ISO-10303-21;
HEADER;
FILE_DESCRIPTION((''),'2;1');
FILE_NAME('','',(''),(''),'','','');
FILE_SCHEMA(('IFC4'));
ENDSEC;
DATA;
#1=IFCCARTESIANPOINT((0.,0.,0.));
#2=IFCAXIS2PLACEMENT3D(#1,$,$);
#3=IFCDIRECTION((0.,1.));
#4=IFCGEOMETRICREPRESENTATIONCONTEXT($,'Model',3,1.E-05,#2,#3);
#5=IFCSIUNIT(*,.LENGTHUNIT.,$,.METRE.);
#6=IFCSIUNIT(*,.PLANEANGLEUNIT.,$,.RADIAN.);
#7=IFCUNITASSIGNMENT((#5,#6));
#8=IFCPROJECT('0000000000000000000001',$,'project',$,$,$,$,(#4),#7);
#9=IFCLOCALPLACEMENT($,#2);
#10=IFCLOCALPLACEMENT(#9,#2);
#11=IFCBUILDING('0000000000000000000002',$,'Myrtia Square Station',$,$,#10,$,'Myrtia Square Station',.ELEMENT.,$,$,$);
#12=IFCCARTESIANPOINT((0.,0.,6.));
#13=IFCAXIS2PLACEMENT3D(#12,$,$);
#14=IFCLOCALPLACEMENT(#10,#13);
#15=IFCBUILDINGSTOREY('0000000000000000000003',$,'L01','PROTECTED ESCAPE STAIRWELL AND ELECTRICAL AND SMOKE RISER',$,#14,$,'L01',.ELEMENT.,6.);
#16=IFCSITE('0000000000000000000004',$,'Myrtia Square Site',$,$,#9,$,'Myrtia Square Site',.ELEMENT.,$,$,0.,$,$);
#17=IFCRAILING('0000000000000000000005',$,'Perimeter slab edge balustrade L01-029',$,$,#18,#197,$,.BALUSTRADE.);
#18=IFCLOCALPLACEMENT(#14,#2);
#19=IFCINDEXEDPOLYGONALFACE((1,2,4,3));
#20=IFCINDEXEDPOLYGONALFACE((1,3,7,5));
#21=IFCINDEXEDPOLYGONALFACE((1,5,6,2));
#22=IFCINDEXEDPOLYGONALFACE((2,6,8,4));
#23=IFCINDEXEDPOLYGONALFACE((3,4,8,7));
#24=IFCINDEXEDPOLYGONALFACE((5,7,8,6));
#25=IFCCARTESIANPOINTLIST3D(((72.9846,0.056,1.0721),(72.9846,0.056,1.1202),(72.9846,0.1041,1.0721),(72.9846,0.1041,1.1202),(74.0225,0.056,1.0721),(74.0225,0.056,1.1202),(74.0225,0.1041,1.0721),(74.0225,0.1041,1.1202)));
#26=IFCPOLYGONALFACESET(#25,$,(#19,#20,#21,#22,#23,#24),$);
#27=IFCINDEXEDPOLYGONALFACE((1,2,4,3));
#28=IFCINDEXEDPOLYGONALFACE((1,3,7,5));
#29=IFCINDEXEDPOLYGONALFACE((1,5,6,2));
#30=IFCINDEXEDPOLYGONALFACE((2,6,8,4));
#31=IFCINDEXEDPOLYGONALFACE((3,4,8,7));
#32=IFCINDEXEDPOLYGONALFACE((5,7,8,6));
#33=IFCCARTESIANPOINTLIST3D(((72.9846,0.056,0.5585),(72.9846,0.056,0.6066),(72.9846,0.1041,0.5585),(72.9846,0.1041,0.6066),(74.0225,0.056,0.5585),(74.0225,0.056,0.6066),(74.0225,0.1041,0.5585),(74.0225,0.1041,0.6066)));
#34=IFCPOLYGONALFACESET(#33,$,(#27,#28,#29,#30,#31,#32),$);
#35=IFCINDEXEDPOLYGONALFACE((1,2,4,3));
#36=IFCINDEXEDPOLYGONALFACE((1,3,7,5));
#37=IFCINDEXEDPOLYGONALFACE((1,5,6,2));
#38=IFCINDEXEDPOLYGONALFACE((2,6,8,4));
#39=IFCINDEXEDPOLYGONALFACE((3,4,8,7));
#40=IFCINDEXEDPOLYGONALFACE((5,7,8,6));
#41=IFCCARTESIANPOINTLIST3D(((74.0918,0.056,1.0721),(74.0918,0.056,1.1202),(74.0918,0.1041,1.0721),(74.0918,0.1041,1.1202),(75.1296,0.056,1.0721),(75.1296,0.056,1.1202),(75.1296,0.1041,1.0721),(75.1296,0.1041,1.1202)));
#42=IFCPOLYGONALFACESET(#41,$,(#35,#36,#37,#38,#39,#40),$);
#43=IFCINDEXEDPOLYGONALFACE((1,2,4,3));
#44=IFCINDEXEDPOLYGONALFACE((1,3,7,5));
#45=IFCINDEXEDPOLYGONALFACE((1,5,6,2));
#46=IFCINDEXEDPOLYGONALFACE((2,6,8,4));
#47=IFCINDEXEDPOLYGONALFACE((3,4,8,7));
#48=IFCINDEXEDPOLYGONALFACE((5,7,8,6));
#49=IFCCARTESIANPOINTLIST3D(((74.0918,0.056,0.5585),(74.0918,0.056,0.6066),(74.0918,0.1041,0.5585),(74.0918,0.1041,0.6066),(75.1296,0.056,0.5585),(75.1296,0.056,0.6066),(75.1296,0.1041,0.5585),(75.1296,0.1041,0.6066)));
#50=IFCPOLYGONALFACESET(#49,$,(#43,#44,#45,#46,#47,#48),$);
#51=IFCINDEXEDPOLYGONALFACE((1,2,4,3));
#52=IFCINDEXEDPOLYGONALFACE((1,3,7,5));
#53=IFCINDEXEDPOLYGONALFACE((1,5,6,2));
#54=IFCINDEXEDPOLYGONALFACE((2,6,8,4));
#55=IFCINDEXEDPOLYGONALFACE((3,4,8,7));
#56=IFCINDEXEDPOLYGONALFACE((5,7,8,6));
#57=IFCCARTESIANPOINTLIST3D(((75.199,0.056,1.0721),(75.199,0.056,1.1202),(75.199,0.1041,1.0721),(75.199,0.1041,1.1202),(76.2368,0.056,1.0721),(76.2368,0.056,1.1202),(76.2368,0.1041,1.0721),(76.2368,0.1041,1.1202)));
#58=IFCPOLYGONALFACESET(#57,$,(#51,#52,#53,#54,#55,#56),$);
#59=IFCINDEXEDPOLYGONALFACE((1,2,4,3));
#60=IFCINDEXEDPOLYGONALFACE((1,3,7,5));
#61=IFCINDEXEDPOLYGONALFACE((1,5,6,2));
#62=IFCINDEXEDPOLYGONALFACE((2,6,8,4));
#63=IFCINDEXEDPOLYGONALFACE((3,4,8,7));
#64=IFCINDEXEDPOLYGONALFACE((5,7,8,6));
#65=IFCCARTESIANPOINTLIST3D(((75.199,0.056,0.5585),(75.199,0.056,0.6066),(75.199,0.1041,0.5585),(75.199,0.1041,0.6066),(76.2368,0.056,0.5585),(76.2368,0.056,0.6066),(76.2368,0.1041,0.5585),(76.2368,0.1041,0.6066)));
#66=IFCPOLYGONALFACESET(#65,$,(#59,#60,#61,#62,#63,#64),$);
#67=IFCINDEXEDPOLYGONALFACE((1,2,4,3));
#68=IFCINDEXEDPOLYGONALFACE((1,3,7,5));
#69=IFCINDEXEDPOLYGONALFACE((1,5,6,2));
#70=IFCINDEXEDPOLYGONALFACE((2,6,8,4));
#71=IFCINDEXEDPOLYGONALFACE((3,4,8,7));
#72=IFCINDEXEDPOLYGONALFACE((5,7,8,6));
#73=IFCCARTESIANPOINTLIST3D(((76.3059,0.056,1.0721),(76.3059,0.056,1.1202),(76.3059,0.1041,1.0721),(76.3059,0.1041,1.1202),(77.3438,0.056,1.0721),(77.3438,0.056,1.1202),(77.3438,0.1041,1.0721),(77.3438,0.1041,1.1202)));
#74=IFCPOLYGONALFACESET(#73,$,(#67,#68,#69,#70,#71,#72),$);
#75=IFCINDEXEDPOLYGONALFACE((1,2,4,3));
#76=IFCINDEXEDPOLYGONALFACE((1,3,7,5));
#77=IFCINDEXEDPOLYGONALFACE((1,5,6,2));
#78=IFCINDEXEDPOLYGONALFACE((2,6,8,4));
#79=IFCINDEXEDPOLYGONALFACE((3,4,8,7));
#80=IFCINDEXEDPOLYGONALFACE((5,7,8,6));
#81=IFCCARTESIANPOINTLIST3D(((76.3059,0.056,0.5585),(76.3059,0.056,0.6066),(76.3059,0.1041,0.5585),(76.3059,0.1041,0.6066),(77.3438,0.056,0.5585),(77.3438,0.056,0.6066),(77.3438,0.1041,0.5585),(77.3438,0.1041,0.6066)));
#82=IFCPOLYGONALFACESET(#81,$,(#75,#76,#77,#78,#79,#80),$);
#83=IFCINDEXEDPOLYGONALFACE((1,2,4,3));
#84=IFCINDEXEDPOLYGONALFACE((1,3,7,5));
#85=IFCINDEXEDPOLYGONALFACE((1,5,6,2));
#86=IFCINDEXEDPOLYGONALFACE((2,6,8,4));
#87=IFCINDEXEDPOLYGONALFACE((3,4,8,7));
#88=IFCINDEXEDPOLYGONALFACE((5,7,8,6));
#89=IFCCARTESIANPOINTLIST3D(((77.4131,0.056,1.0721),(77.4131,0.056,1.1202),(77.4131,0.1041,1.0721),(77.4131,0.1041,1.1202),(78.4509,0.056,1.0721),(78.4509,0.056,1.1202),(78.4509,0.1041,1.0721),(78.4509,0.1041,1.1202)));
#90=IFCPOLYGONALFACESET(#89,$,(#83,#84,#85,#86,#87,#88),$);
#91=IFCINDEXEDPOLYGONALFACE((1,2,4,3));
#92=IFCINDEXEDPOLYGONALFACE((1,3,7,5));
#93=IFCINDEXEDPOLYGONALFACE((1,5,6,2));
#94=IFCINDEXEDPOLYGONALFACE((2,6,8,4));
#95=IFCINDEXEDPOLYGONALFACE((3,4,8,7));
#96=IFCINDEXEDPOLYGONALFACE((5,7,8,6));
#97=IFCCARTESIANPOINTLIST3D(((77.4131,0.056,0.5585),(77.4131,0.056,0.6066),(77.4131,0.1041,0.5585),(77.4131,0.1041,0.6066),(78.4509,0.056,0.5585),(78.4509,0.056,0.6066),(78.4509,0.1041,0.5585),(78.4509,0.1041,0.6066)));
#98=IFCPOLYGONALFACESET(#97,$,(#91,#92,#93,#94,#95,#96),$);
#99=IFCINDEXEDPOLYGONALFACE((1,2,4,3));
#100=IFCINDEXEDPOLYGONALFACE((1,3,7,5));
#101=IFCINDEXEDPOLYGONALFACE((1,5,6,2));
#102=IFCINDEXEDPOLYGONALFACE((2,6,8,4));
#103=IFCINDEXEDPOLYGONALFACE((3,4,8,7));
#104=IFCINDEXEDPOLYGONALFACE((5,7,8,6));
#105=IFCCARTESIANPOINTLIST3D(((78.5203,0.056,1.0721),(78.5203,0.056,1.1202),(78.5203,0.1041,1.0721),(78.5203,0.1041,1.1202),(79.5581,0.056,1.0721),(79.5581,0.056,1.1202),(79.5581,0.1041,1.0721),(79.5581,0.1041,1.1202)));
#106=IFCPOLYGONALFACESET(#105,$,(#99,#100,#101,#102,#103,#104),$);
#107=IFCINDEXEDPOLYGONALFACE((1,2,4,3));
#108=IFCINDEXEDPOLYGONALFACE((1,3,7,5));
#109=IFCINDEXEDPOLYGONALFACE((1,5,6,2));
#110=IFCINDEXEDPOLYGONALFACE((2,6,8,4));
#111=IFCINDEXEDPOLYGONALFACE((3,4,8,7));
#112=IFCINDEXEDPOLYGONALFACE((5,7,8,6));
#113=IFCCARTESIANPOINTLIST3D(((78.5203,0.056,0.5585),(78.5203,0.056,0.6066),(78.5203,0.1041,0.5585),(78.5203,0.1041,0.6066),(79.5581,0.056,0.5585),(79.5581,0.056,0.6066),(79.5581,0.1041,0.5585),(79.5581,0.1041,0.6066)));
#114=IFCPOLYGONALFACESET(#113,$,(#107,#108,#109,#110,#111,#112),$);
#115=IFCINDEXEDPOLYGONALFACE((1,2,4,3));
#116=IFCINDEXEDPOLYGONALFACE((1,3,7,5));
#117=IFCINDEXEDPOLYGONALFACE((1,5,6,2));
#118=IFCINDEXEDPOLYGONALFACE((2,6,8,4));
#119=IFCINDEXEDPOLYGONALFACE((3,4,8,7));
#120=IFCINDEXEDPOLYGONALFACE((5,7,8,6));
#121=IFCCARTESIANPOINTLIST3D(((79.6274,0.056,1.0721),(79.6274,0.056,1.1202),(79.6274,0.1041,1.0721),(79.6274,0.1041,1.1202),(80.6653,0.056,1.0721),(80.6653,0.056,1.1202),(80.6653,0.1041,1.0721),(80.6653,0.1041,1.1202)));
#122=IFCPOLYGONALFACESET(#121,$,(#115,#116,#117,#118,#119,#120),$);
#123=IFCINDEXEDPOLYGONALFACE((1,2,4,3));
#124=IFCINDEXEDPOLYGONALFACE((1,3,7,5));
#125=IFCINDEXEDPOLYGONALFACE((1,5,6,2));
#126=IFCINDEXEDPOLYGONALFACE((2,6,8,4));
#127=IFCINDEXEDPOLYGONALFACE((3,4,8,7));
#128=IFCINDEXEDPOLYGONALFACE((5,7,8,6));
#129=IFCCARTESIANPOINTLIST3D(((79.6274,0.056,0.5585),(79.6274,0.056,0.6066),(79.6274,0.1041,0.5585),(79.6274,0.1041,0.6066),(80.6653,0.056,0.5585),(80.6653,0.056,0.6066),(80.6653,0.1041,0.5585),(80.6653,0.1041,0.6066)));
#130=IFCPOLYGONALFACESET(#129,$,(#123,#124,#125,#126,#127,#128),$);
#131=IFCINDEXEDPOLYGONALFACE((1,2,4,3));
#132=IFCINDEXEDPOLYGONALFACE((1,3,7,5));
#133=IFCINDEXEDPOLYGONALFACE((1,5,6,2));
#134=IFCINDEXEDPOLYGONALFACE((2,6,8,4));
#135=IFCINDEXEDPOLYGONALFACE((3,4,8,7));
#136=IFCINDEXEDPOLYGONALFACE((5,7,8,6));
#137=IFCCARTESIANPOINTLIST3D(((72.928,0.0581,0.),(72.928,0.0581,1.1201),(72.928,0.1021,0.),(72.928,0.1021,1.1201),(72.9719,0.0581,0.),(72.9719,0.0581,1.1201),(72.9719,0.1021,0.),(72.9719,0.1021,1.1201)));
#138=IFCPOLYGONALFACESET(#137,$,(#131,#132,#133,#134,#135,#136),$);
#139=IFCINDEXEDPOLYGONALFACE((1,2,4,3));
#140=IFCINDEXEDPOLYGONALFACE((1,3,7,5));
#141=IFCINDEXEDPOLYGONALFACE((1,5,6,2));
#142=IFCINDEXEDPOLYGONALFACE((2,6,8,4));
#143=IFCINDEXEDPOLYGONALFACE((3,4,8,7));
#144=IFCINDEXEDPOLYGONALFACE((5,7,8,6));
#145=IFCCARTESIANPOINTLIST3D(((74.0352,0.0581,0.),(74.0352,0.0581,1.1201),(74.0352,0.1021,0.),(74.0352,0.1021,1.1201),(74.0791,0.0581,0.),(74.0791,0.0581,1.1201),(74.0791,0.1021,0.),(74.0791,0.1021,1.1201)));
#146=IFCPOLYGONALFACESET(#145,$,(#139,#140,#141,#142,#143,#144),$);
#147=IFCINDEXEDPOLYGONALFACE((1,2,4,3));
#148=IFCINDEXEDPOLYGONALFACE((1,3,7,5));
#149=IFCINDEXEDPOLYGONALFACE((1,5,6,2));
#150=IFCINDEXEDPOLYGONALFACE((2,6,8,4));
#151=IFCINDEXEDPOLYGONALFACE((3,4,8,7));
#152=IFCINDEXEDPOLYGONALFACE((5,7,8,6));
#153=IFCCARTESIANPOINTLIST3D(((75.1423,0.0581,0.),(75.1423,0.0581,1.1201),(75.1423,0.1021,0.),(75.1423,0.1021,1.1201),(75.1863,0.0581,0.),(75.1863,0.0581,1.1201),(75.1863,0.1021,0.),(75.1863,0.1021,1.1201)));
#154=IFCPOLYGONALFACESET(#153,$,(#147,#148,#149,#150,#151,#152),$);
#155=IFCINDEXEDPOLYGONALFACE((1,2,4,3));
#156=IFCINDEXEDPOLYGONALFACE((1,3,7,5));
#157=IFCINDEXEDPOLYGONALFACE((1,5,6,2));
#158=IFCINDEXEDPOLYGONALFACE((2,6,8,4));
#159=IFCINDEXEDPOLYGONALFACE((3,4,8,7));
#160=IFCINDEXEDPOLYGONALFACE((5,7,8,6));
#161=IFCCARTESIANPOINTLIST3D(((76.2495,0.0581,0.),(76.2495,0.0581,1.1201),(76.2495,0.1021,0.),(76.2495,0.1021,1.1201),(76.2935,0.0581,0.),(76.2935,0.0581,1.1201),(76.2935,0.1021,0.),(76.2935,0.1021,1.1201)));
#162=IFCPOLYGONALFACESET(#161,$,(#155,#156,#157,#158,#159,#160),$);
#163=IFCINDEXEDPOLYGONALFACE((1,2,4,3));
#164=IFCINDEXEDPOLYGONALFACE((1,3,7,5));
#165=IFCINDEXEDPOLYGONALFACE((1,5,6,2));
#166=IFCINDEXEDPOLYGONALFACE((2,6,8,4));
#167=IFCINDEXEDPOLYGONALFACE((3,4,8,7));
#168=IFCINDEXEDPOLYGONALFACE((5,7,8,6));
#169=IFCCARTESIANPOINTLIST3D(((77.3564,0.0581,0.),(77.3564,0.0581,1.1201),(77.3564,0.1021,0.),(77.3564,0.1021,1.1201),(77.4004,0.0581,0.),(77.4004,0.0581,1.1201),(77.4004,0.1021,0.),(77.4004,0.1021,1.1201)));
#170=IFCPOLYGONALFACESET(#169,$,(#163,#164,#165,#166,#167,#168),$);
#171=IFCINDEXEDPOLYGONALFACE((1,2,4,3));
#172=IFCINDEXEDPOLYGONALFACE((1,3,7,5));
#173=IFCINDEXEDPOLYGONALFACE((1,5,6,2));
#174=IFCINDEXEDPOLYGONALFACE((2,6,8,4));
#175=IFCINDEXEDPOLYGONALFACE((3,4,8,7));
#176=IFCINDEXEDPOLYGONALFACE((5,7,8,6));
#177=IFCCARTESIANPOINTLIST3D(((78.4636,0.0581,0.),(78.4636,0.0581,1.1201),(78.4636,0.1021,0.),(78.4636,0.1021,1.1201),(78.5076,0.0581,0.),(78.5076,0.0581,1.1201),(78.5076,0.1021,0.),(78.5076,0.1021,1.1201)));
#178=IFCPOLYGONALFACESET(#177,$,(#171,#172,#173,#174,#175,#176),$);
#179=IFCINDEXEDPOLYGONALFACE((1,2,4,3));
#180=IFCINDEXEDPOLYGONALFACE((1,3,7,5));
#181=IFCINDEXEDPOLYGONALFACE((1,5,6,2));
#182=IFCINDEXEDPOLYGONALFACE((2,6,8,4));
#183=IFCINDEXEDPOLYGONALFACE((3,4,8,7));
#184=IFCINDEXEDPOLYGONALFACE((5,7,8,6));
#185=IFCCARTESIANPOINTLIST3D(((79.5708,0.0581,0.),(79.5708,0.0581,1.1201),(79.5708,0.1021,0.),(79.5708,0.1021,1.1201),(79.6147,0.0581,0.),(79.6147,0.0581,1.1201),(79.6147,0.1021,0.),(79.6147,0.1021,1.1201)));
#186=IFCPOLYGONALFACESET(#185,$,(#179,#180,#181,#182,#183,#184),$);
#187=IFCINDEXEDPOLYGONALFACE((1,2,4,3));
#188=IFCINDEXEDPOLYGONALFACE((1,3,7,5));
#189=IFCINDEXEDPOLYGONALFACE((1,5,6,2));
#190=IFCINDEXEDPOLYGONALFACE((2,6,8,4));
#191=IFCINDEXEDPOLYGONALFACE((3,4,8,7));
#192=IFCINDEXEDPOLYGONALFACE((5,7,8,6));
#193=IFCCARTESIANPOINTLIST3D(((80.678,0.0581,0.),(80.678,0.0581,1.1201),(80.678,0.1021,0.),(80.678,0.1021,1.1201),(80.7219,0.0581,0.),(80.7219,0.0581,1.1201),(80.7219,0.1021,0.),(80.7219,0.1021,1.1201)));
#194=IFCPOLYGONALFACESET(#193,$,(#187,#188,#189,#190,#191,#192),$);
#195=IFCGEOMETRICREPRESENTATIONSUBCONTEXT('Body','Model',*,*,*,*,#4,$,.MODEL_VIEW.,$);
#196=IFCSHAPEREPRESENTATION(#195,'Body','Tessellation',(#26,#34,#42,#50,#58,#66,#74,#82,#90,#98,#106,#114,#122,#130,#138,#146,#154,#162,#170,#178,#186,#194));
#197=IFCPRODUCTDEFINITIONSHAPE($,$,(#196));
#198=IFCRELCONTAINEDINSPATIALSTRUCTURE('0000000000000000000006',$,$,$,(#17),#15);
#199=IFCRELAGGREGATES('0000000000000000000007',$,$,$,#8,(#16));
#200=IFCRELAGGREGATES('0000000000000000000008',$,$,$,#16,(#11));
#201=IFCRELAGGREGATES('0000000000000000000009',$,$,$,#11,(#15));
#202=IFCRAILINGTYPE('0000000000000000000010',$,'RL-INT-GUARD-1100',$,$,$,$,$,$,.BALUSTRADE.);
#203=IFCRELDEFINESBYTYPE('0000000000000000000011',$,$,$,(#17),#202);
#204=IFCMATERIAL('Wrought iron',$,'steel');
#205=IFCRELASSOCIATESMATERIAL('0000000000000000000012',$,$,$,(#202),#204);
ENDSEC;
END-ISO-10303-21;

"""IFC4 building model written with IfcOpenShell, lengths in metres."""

from ifc_helpers import new_model, si_unit, direction, frame, origin, origin_2d, place, context, subcontext, project, spatial, rectangle, extrude, material, type_object, element, save


model = new_model("IFC4")

# Units and contexts
model_context = context("Model", 3, precision=1e-05, world=origin(), true_north=direction((0.0, 1.0)))
body_context = subcontext(model_context, "Body", "Model", "MODEL_VIEW")
ifc_project = project(units=[si_unit("LENGTHUNIT", "METRE"), si_unit("PLANEANGLEUNIT", "RADIAN")], contexts=[model_context])

# Site, building, storey
site_placement = place(None, origin())
site = spatial("IfcSite", under=ifc_project, at=site_placement, Name="Myrtia Square Site", LongName="Myrtia Square Site", CompositionType="ELEMENT", RefElevation=0.0)
building_placement = place(site_placement, origin())
building = spatial("IfcBuilding", under=site, at=building_placement, Name="Myrtia Square Station", LongName="Myrtia Square Station", CompositionType="ELEMENT")
storey_placement = place(building_placement, frame((0.0, 0.0, 6.0)))
storey = spatial("IfcBuildingStorey", under=building, at=storey_placement, Name="L01", Description="PROTECTED ESCAPE STAIRWELL AND ELECTRICAL AND SMOKE RISER", LongName="L01", CompositionType="ELEMENT", Elevation=6.0)

# Railing
ifc_material_1 = material(Name="Wrought iron", Category="steel")
railing_type = type_object("IfcRailingType", Name="RL-INT-GUARD-1100", PredefinedType="BALUSTRADE", material=ifc_material_1)
railing_1_placement = place(storey_placement, frame((72.95, 0.0801, 0.0)))
element("IfcRailing", 1, at=railing_1_placement, inside=storey, type_object=railing_type, Name="Perimeter slab edge balustrade L01-029", PredefinedType="BALUSTRADE", context=body_context, shape_type="SweptSolid", body=[
    extrude(rectangle(XDim=0.0481, YDim=0.0481, at=origin_2d()), frame((0.0347, 0.0, 1.0962), z_axis=(1.0, 0.0, 0.0), x_axis=(0.0, 1.0, 0.0)), (0.0, 0.0, 1.0), 1.0378),
    extrude(rectangle(XDim=0.0481, YDim=0.0481, at=origin_2d()), frame((0.0347, 0.0, 0.5825), z_axis=(1.0, 0.0, 0.0), x_axis=(0.0, 1.0, 0.0)), (0.0, 0.0, 1.0), 1.0378),
    extrude(rectangle(XDim=0.0481, YDim=0.0481, at=origin_2d()), frame((1.1418, 0.0, 1.0962), z_axis=(1.0, 0.0, 0.0), x_axis=(0.0, 1.0, 0.0)), (0.0, 0.0, 1.0), 1.0378),
    extrude(rectangle(XDim=0.0481, YDim=0.0481, at=origin_2d()), frame((1.1418, 0.0, 0.5825), z_axis=(1.0, 0.0, 0.0), x_axis=(0.0, 1.0, 0.0)), (0.0, 0.0, 1.0), 1.0378),
    extrude(rectangle(XDim=0.0481, YDim=0.0481, at=origin_2d()), frame((2.249, 0.0, 1.0962), z_axis=(1.0, 0.0, 0.0), x_axis=(0.0, 1.0, 0.0)), (0.0, 0.0, 1.0), 1.0378),
    extrude(rectangle(XDim=0.0481, YDim=0.0481, at=origin_2d()), frame((2.249, 0.0, 0.5825), z_axis=(1.0, 0.0, 0.0), x_axis=(0.0, 1.0, 0.0)), (0.0, 0.0, 1.0), 1.0378),
    extrude(rectangle(XDim=0.0481, YDim=0.0481, at=origin_2d()), frame((3.356, 0.0, 1.0962), z_axis=(1.0, 0.0, 0.0), x_axis=(0.0, 1.0, 0.0)), (0.0, 0.0, 1.0), 1.0378),
    extrude(rectangle(XDim=0.0481, YDim=0.0481, at=origin_2d()), frame((3.356, 0.0, 0.5825), z_axis=(1.0, 0.0, 0.0), x_axis=(0.0, 1.0, 0.0)), (0.0, 0.0, 1.0), 1.0378),
    extrude(rectangle(XDim=0.0481, YDim=0.0481, at=origin_2d()), frame((4.4631, 0.0, 1.0962), z_axis=(1.0, 0.0, 0.0), x_axis=(0.0, 1.0, 0.0)), (0.0, 0.0, 1.0), 1.0378),
    extrude(rectangle(XDim=0.0481, YDim=0.0481, at=origin_2d()), frame((4.4631, 0.0, 0.5825), z_axis=(1.0, 0.0, 0.0), x_axis=(0.0, 1.0, 0.0)), (0.0, 0.0, 1.0), 1.0378),
    extrude(rectangle(XDim=0.0481, YDim=0.0481, at=origin_2d()), frame((5.5703, 0.0, 1.0962), z_axis=(1.0, 0.0, 0.0), x_axis=(0.0, 1.0, 0.0)), (0.0, 0.0, 1.0), 1.0378),
    extrude(rectangle(XDim=0.0481, YDim=0.0481, at=origin_2d()), frame((5.5703, 0.0, 0.5825), z_axis=(1.0, 0.0, 0.0), x_axis=(0.0, 1.0, 0.0)), (0.0, 0.0, 1.0), 1.0378),
    extrude(rectangle(XDim=0.0481, YDim=0.0481, at=origin_2d()), frame((6.6775, 0.0, 1.0962), z_axis=(1.0, 0.0, 0.0), x_axis=(0.0, 1.0, 0.0)), (0.0, 0.0, 1.0), 1.0378),
    extrude(rectangle(XDim=0.0481, YDim=0.0481, at=origin_2d()), frame((6.6775, 0.0, 0.5825), z_axis=(1.0, 0.0, 0.0), x_axis=(0.0, 1.0, 0.0)), (0.0, 0.0, 1.0), 1.0378),
    extrude(rectangle(XDim=0.0439, YDim=0.0439, at=origin_2d()), origin(), (0.0, 0.0, 1.0), 1.1201),
    extrude(rectangle(XDim=0.0439, YDim=0.0439, at=origin_2d()), frame((1.1072, 0.0, 0.0)), (0.0, 0.0, 1.0), 1.1201),
    extrude(rectangle(XDim=0.0439, YDim=0.0439, at=origin_2d()), frame((2.2144, 0.0, 0.0)), (0.0, 0.0, 1.0), 1.1201),
    extrude(rectangle(XDim=0.0439, YDim=0.0439, at=origin_2d()), frame((3.3215, 0.0, 0.0)), (0.0, 0.0, 1.0), 1.1201),
    extrude(rectangle(XDim=0.0439, YDim=0.0439, at=origin_2d()), frame((4.4285, 0.0, 0.0)), (0.0, 0.0, 1.0), 1.1201),
    extrude(rectangle(XDim=0.0439, YDim=0.0439, at=origin_2d()), frame((5.5356, 0.0, 0.0)), (0.0, 0.0, 1.0), 1.1201),
    extrude(rectangle(XDim=0.0439, YDim=0.0439, at=origin_2d()), frame((6.6428, 0.0, 0.0)), (0.0, 0.0, 1.0), 1.1201),
    extrude(rectangle(XDim=0.0439, YDim=0.0439, at=origin_2d()), frame((7.75, 0.0, 0.0)), (0.0, 0.0, 1.0), 1.1201),
])

save(model, "model.ifc")
